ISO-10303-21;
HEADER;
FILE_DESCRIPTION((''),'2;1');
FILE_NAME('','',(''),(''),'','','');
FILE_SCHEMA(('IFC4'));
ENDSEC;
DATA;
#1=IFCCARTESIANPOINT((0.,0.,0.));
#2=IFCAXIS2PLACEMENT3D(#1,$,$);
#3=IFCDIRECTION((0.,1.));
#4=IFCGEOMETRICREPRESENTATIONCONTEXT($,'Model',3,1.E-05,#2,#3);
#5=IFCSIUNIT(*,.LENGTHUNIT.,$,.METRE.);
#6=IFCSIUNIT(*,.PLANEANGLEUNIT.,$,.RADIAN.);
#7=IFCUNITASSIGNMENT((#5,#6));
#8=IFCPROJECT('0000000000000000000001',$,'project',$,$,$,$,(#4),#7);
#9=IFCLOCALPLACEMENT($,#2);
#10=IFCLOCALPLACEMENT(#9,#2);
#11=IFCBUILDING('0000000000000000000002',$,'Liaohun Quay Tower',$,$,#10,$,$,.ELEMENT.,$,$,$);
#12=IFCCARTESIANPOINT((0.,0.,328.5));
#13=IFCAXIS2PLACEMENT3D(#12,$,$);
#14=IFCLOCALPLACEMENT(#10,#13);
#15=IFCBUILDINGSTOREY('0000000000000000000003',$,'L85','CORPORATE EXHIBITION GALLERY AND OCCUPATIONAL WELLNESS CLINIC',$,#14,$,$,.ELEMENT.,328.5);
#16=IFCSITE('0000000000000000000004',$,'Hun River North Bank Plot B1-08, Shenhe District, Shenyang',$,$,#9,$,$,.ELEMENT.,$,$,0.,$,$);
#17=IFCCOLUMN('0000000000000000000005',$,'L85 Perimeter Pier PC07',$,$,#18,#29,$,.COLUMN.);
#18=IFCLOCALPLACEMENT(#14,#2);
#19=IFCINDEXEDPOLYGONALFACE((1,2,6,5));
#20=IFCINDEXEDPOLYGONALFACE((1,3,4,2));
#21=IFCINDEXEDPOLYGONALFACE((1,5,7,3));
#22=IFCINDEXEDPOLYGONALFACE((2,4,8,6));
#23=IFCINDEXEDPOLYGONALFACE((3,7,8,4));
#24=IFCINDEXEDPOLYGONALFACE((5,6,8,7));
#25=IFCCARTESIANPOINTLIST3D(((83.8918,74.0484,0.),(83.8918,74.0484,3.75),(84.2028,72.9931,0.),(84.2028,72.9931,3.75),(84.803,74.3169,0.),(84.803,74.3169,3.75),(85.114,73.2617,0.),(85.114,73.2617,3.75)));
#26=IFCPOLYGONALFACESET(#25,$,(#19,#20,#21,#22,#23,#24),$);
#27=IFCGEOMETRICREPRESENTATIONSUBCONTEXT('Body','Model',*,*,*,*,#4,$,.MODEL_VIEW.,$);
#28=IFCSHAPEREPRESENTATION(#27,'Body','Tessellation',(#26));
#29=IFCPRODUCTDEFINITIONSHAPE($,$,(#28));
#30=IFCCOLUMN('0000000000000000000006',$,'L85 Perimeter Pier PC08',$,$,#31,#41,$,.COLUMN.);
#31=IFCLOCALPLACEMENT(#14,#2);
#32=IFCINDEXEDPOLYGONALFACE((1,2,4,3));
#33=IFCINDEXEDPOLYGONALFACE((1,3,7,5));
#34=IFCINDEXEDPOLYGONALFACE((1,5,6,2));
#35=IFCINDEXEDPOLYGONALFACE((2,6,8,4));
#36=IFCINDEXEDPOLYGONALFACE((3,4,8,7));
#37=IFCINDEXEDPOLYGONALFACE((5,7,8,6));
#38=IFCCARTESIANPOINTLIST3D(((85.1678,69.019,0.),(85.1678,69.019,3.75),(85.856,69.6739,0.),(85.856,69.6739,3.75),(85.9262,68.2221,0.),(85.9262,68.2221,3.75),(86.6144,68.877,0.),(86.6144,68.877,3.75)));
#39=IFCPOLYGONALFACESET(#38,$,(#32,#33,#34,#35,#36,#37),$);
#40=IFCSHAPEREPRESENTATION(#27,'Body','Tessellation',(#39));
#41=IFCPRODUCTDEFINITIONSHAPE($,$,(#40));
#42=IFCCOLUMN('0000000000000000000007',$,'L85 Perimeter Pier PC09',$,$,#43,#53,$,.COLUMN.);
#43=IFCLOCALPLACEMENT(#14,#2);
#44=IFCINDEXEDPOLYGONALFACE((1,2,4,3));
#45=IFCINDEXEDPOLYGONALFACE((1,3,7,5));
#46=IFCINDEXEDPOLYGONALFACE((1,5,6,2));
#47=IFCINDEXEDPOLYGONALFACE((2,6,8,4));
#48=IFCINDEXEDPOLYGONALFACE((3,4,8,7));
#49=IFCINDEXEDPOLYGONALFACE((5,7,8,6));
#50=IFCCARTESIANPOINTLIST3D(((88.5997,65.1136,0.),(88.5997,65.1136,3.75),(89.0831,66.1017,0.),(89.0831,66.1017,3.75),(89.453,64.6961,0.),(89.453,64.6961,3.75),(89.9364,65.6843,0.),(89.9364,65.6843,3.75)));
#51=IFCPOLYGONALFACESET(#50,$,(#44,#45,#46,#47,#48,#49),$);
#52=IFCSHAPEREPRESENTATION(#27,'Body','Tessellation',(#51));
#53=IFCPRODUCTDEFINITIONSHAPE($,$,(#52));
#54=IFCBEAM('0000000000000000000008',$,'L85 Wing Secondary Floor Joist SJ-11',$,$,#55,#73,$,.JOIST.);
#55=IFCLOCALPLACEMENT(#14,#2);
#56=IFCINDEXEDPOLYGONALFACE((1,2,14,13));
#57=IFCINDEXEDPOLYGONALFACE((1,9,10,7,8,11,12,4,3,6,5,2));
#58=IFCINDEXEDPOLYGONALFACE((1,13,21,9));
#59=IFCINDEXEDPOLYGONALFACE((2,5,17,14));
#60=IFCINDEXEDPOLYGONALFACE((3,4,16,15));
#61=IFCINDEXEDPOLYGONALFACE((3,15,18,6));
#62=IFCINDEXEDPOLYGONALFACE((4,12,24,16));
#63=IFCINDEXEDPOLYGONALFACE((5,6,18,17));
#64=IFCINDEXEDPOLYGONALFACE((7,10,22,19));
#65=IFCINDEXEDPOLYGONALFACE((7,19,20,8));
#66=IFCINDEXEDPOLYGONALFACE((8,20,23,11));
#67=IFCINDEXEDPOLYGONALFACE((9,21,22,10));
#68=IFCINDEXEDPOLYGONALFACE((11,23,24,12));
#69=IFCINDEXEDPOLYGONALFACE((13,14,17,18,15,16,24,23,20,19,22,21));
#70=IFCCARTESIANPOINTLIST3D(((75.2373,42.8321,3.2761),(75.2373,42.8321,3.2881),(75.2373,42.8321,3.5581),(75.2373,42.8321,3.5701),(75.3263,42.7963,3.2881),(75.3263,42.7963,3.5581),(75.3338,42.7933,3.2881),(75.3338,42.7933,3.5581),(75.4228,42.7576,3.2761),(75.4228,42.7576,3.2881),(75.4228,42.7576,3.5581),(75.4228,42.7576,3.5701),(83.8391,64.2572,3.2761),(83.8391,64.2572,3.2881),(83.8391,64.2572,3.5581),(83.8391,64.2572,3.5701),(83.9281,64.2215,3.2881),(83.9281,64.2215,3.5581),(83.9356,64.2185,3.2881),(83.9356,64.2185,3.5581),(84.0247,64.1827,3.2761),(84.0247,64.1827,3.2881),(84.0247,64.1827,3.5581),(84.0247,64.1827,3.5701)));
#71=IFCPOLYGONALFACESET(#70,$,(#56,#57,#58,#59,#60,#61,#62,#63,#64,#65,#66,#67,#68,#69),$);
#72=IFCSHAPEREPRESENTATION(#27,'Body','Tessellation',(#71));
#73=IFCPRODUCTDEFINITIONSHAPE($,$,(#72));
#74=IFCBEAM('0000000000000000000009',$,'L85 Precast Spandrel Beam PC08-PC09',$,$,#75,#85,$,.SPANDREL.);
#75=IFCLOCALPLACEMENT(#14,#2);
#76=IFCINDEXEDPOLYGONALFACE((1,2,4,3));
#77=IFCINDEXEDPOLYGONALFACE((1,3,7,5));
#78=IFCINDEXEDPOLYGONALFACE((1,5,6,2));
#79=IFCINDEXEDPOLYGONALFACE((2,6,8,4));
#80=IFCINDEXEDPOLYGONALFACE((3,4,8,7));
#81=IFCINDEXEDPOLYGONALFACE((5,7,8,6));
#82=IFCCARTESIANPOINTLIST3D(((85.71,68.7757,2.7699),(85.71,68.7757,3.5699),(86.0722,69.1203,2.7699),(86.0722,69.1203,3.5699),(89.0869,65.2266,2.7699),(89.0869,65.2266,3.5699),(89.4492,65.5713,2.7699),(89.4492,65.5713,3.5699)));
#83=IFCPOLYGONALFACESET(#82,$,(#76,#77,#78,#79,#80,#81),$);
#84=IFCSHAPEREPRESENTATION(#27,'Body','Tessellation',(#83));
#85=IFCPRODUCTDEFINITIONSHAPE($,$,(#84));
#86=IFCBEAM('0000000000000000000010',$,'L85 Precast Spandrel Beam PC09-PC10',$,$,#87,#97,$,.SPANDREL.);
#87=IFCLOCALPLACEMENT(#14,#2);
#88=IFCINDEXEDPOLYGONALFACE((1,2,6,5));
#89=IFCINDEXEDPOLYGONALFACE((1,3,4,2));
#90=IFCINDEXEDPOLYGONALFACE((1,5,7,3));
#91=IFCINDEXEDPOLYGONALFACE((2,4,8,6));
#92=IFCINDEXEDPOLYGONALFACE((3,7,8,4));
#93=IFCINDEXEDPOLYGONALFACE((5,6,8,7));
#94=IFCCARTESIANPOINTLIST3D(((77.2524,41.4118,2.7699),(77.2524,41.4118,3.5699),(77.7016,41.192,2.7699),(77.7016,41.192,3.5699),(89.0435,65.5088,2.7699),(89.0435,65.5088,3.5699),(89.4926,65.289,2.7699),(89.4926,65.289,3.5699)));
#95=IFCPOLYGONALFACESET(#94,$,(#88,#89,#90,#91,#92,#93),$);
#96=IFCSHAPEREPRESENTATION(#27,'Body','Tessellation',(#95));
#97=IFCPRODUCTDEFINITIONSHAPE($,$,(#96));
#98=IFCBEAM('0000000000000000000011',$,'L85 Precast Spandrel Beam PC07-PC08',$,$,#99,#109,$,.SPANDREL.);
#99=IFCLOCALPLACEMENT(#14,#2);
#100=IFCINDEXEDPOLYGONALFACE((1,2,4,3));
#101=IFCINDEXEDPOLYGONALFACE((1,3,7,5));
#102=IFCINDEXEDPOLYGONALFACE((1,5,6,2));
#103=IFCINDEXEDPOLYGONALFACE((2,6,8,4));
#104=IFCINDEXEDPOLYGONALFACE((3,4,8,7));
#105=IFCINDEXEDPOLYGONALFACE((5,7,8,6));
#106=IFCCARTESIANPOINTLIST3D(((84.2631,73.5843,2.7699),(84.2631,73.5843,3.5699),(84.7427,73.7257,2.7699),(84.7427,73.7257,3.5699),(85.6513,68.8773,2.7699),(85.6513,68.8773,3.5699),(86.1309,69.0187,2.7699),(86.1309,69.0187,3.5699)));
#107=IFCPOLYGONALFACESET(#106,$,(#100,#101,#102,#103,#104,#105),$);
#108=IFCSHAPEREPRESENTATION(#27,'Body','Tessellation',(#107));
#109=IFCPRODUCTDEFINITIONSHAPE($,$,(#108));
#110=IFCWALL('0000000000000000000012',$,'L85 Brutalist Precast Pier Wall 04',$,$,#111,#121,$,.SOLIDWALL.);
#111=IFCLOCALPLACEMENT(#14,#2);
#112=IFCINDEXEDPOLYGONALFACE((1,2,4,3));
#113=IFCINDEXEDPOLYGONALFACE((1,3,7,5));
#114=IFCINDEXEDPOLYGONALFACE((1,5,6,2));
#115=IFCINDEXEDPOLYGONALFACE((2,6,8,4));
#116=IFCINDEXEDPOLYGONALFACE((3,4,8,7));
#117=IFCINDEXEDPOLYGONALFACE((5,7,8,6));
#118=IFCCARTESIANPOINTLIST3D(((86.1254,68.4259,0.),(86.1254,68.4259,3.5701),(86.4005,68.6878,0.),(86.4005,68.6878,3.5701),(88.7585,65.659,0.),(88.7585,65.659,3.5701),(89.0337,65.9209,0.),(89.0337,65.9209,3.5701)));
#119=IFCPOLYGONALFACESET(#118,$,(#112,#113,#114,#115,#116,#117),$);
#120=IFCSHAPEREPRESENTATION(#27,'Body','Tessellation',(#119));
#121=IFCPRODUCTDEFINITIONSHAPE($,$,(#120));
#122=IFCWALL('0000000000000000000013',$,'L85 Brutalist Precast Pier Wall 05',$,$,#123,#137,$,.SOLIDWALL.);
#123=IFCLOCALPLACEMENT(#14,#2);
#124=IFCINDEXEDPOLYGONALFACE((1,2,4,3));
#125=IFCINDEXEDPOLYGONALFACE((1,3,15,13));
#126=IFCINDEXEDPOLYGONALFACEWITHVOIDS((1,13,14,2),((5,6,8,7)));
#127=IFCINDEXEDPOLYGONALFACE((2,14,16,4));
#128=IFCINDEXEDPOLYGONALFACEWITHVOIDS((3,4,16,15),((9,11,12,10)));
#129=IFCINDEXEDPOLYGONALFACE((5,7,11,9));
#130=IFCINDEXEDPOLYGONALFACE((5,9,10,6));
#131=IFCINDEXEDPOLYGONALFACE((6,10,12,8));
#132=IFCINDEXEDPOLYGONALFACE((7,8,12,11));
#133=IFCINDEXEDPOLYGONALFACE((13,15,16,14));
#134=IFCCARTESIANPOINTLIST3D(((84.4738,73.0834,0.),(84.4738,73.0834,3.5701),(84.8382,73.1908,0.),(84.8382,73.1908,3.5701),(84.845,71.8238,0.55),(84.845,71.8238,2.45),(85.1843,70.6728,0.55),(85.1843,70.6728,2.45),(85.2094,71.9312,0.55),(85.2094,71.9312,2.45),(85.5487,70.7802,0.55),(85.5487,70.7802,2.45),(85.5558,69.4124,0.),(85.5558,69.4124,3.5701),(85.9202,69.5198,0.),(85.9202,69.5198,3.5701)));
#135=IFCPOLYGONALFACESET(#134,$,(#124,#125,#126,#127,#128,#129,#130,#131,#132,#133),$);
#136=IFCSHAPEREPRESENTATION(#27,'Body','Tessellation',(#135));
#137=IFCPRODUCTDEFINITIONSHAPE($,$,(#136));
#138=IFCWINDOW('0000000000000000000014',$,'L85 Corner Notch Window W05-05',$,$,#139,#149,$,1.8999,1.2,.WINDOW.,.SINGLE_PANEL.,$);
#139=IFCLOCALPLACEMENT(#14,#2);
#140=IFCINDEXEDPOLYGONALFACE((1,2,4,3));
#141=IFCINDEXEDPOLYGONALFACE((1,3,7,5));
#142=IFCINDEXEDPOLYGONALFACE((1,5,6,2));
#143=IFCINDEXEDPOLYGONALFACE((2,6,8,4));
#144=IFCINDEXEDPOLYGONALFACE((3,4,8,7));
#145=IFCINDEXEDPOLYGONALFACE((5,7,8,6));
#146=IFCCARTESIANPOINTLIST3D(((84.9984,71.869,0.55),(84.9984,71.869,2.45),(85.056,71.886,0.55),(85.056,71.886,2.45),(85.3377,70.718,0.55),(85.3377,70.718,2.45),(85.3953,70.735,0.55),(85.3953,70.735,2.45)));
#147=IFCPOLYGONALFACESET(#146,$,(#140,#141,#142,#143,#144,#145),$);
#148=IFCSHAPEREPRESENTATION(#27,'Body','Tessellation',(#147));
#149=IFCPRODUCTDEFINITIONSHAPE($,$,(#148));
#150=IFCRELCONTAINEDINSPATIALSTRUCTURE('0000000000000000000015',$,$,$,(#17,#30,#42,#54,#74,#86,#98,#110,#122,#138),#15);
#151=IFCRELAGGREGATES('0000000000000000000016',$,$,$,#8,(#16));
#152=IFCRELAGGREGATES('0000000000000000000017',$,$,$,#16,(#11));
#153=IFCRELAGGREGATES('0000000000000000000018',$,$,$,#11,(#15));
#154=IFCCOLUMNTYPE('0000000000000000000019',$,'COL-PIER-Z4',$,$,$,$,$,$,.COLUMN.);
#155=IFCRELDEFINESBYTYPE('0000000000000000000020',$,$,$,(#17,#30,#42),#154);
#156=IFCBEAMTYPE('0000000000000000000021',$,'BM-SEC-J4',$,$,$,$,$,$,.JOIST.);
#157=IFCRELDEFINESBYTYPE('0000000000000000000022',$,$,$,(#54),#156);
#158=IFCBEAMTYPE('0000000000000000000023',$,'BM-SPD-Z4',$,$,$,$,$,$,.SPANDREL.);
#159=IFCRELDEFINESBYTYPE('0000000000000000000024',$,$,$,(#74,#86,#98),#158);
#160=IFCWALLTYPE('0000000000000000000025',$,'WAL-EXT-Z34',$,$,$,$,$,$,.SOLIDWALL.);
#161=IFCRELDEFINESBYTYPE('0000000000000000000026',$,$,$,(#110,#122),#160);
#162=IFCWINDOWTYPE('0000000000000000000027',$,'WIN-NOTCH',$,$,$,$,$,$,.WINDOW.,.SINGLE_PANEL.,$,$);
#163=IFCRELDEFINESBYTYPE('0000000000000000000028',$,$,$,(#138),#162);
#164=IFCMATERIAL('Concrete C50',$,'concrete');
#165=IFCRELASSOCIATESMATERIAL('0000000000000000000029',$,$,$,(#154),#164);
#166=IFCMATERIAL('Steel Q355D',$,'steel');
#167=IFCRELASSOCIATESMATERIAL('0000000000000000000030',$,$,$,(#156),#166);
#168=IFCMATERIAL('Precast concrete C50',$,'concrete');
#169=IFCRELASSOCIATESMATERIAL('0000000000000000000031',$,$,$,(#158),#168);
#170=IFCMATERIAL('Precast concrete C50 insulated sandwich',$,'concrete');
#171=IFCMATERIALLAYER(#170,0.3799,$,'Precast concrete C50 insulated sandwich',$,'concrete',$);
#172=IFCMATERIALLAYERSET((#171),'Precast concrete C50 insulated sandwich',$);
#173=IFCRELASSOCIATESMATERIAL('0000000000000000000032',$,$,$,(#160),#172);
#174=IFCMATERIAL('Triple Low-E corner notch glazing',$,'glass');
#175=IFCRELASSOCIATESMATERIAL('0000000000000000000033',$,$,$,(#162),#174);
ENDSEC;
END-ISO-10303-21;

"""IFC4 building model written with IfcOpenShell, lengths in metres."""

from ifc_helpers import new_model, si_unit, direction, frame, frame_2d, origin, origin_2d, place, context, subcontext, project, spatial, rectangle, i_section, extrude, source, transform, mapped, material, layer, layer_set, material_profile, profile_set, type_object, element, fill, save


model = new_model("IFC4")

# Units and contexts
model_context = context("Model", 3, precision=1e-05, world=origin(), true_north=direction((0.0, 1.0)))
body_context = subcontext(model_context, "Body", "Model", "MODEL_VIEW")
ifc_project = project(units=[si_unit("LENGTHUNIT", "METRE"), si_unit("PLANEANGLEUNIT", "RADIAN")], contexts=[model_context])

# Site, building, storey
site_placement = place(None, origin())
site = spatial("IfcSite", under=ifc_project, at=site_placement, Name="Hun River North Bank Plot B1-08, Shenhe District, Shenyang", CompositionType="ELEMENT", RefElevation=0.0)
building_placement = place(site_placement, origin())
building = spatial("IfcBuilding", under=site, at=building_placement, Name="Liaohun Quay Tower", CompositionType="ELEMENT")
storey_placement = place(building_placement, frame((0.0, 0.0, 328.5)))
storey = spatial("IfcBuildingStorey", under=building, at=storey_placement, Name="L85", Description="CORPORATE EXHIBITION GALLERY AND OCCUPATIONAL WELLNESS CLINIC", CompositionType="ELEMENT", Elevation=328.5)

# Columns
ifc_material_1 = material(Name="Concrete C50", Category="concrete")
ifc_material_profile_1 = material_profile(ifc_material_1, rectangle(XDim=1.1001, YDim=0.95, at=origin_2d()), Name="RC1100x950")
ifc_profile_set_1 = profile_set([ifc_material_profile_1], Name="Concrete C50")
column_type = type_object("IfcColumnType", Name="COL-PIER-Z4", PredefinedType="COLUMN", material=ifc_profile_set_1)
shared_shape_1 = source(origin(), body_context, "Body", "SweptSolid", [
    extrude(rectangle(XDim=1.1001, YDim=0.95, at=origin_2d()), origin(), (0.0, 0.0, 1.0), 3.75),
])
for number, where, z_axis, x_axis, name in (
    (1, (84.5029, 73.655, 0.0), (0.0, 0.0, 1.0), (-0.282676, 0.959215, 0.0), "L85 Perimeter Pier PC07"),
    (2, (85.8911, 68.948, 0.0), (0.0, 0.0, 1.0), (-0.689367, 0.724413, 0.0), "L85 Perimeter Pier PC08"),
    (3, (89.2681, 65.3989, 0.0), (0.0, 0.0, 1.0), (0.439469, 0.898258, 0.0), "L85 Perimeter Pier PC09"),
):
    element("IfcColumn", number, at=place(storey_placement, frame(where, z_axis=z_axis, x_axis=x_axis)), inside=storey, type_object=column_type, Name=name, PredefinedType="COLUMN", context=body_context, shape_type="MappedRepresentation", body=[
        mapped(shared_shape_1, transform((0.0, 0.0, 0.0), x_axis=(1.0, 0.0, 0.0), y_axis=(0.0, 1.0, 0.0), z_axis=(0.0, 0.0, 1.0), scale=1.0)),
    ])

# Beams
ifc_material_2 = material(Name="Steel Q355D", Category="steel")
ifc_material_profile_2 = material_profile(ifc_material_2, i_section(OverallWidth=0.2, OverallDepth=0.2939, WebThickness=0.0081, FlangeThickness=0.012, at=origin_2d()), Name="HM294x200x8x12")
ifc_profile_set_2 = profile_set([ifc_material_profile_2], Name="Steel Q355D")
beam_type_1 = type_object("IfcBeamType", Name="BM-SEC-J4", PredefinedType="JOIST", material=ifc_profile_set_2)
shared_shape_2 = source(origin(), body_context, "Body", "SweptSolid", [
    extrude(i_section(OverallWidth=0.2, OverallDepth=0.2939, WebThickness=0.0081, FlangeThickness=0.012, at=origin_2d()), origin(), (0.0, 0.0, 1.0), 23.0874),
])
beam_1_placement = place(storey_placement, frame((83.9319, 64.22, 3.4231), z_axis=(-0.372577, -0.928001, 0.0), x_axis=(0.928001, -0.372577, 0.0)))
element("IfcBeam", 4, at=beam_1_placement, inside=storey, type_object=beam_type_1, Name="L85 Wing Secondary Floor Joist SJ-11", PredefinedType="JOIST", context=body_context, shape_type="MappedRepresentation", body=[
    mapped(shared_shape_2, transform((0.0, 0.0, 0.0), x_axis=(1.0, 0.0, 0.0), y_axis=(0.0, 1.0, 0.0), z_axis=(0.0, 0.0, 1.0), scale=1.0)),
])
ifc_material_3 = material(Name="Precast concrete C50", Category="concrete")
ifc_material_profile_3 = material_profile(ifc_material_3, rectangle(XDim=0.5, YDim=0.8, at=origin_2d()), Name="RC500x800")
ifc_profile_set_3 = profile_set([ifc_material_profile_3], Name="Precast concrete C50")
beam_type_2 = type_object("IfcBeamType", Name="BM-SPD-Z4", PredefinedType="SPANDREL", material=ifc_profile_set_3)
shared_shape_3 = source(origin(), body_context, "Body", "SweptSolid", [
    extrude(rectangle(XDim=0.5, YDim=0.8, at=origin_2d()), origin(), (0.0, 0.0, 1.0), 4.8989),
])
beam_2_placement = place(storey_placement, frame((85.8911, 68.948, 3.1699), z_axis=(0.689322, -0.724455, 0.0), x_axis=(0.724455, 0.689322, 0.0)))
element("IfcBeam", 5, at=beam_2_placement, inside=storey, type_object=beam_type_2, Name="L85 Precast Spandrel Beam PC08-PC09", PredefinedType="SPANDREL", context=body_context, shape_type="MappedRepresentation", body=[
    mapped(shared_shape_3, transform((0.0, 0.0, 0.0), x_axis=(1.0, 0.0, 0.0), y_axis=(0.0, 1.0, 0.0), z_axis=(0.0, 0.0, 1.0), scale=1.0)),
])
shared_shape_4 = source(origin(), body_context, "Body", "SweptSolid", [
    extrude(rectangle(XDim=0.5, YDim=0.8, at=origin_2d()), origin(), (0.0, 0.0, 1.0), 26.8271),
])
beam_3_placement = place(storey_placement, frame((89.2681, 65.3989, 3.1699), z_axis=(-0.43952, -0.898233, 0.0), x_axis=(0.898233, -0.43952, 0.0)))
element("IfcBeam", 6, at=beam_3_placement, inside=storey, type_object=beam_type_2, Name="L85 Precast Spandrel Beam PC09-PC10", PredefinedType="SPANDREL", context=body_context, shape_type="MappedRepresentation", body=[
    mapped(shared_shape_4, transform((0.0, 0.0, 0.0), x_axis=(1.0, 0.0, 0.0), y_axis=(0.0, 1.0, 0.0), z_axis=(0.0, 0.0, 1.0), scale=1.0)),
])
shared_shape_5 = source(origin(), body_context, "Body", "SweptSolid", [
    extrude(rectangle(XDim=0.5, YDim=0.8, at=origin_2d()), origin(), (0.0, 0.0, 1.0), 4.9075),
])
beam_4_placement = place(storey_placement, frame((84.5029, 73.655, 3.1699), z_axis=(0.282872, -0.959158, 0.0), x_axis=(0.959158, 0.282872, 0.0)))
element("IfcBeam", 7, at=beam_4_placement, inside=storey, type_object=beam_type_2, Name="L85 Precast Spandrel Beam PC07-PC08", PredefinedType="SPANDREL", context=body_context, shape_type="MappedRepresentation", body=[
    mapped(shared_shape_5, transform((0.0, 0.0, 0.0), x_axis=(1.0, 0.0, 0.0), y_axis=(0.0, 1.0, 0.0), z_axis=(0.0, 0.0, 1.0), scale=1.0)),
])

# Wall
ifc_material_4 = material(Name="Precast concrete C50 insulated sandwich", Category="concrete")
ifc_layer_1 = layer(ifc_material_4, 0.3799, Name="Precast concrete C50 insulated sandwich", Category="concrete")
ifc_layer_set_1 = layer_set([ifc_layer_1], Name="Precast concrete C50 insulated sandwich")
wall_type_1 = type_object("IfcWallType", Name="WAL-EXT-Z34", PredefinedType="SOLIDWALL", material=ifc_layer_set_1)
wall_1_placement = place(storey_placement, frame((88.896, 65.79, 0.0), z_axis=(0.0, 0.0, 1.0), x_axis=(-0.689376, 0.724404, 0.0)))
element("IfcWall", 8, at=wall_1_placement, inside=storey, type_object=wall_type_1, Name="L85 Brutalist Precast Pier Wall 04", PredefinedType="SOLIDWALL", context=body_context, shape_type="SweptSolid", body=[
    extrude(rectangle(XDim=3.8196, YDim=0.3799, at=frame_2d((1.9097, 0.0))), origin(), (0.0, 0.0, 1.0), 3.5701),
])

# Wall, opening, window
wall_2_placement = place(storey_placement, frame((85.738, 69.4661, 0.0), z_axis=(0.0, 0.0, 1.0), x_axis=(-0.282733, 0.959199, 0.0)))
wall_2 = element("IfcWall", 9, at=wall_2_placement, inside=storey, type_object=wall_type_1, Name="L85 Brutalist Precast Pier Wall 05", PredefinedType="SOLIDWALL", context=body_context, shape_type="SweptSolid", body=[
    extrude(rectangle(XDim=3.8271, YDim=0.3799, at=frame_2d((1.9136, 0.0))), origin(), (0.0, 0.0, 1.0), 3.5701),
])
shared_shape_6 = source(origin(), body_context, "Body", "SweptSolid", [
    extrude(rectangle(XDim=1.2, YDim=1.8999, at=frame_2d((0.6001, 0.95))), frame((0.0, 0.2, 0.0), z_axis=(0.0, -1.0, 0.0), x_axis=(1.0, 0.0, 0.0)), (0.0, 0.0, 1.0), 0.3999),
])
opening_1_placement = place(wall_2_placement, frame((1.314, 0.0, 0.55)))
opening_1 = element("IfcOpeningElement", 10, at=opening_1_placement, cuts=wall_2, PredefinedType="OPENING", context=body_context, shape_type="MappedRepresentation", body=[
    mapped(shared_shape_6, transform((0.0, 0.0, 0.0), x_axis=(1.0, 0.0, 0.0), y_axis=(0.0, 1.0, 0.0), z_axis=(0.0, 0.0, 1.0), scale=1.0)),
])
ifc_material_5 = material(Name="Triple Low-E corner notch glazing", Category="glass")
window_type_1 = type_object("IfcWindowType", Name="WIN-NOTCH", PartitioningType="SINGLE_PANEL", PredefinedType="WINDOW", material=ifc_material_5)
shared_shape_7 = source(origin(), body_context, "Body", "SweptSolid", [
    extrude(rectangle(XDim=1.2, YDim=1.8999, at=frame_2d((0.6001, 0.95))), frame((0.0, 0.03, 0.0), z_axis=(0.0, -1.0, 0.0), x_axis=(1.0, 0.0, 0.0)), (0.0, 0.0, 1.0), 0.0601),
])
window_1_placement = place(opening_1_placement, origin())
window_1 = element("IfcWindow", 11, at=window_1_placement, inside=storey, type_object=window_type_1, Name="L85 Corner Notch Window W05-05", OverallHeight=1.8999, OverallWidth=1.2, PartitioningType="SINGLE_PANEL", PredefinedType="WINDOW", context=body_context, shape_type="MappedRepresentation", body=[
    mapped(shared_shape_7, transform((0.0, 0.0, 0.0), x_axis=(1.0, 0.0, 0.0), y_axis=(0.0, 1.0, 0.0), z_axis=(0.0, 0.0, 1.0), scale=1.0)),
])
fill(opening_1, window_1)

save(model, "model.ifc")
